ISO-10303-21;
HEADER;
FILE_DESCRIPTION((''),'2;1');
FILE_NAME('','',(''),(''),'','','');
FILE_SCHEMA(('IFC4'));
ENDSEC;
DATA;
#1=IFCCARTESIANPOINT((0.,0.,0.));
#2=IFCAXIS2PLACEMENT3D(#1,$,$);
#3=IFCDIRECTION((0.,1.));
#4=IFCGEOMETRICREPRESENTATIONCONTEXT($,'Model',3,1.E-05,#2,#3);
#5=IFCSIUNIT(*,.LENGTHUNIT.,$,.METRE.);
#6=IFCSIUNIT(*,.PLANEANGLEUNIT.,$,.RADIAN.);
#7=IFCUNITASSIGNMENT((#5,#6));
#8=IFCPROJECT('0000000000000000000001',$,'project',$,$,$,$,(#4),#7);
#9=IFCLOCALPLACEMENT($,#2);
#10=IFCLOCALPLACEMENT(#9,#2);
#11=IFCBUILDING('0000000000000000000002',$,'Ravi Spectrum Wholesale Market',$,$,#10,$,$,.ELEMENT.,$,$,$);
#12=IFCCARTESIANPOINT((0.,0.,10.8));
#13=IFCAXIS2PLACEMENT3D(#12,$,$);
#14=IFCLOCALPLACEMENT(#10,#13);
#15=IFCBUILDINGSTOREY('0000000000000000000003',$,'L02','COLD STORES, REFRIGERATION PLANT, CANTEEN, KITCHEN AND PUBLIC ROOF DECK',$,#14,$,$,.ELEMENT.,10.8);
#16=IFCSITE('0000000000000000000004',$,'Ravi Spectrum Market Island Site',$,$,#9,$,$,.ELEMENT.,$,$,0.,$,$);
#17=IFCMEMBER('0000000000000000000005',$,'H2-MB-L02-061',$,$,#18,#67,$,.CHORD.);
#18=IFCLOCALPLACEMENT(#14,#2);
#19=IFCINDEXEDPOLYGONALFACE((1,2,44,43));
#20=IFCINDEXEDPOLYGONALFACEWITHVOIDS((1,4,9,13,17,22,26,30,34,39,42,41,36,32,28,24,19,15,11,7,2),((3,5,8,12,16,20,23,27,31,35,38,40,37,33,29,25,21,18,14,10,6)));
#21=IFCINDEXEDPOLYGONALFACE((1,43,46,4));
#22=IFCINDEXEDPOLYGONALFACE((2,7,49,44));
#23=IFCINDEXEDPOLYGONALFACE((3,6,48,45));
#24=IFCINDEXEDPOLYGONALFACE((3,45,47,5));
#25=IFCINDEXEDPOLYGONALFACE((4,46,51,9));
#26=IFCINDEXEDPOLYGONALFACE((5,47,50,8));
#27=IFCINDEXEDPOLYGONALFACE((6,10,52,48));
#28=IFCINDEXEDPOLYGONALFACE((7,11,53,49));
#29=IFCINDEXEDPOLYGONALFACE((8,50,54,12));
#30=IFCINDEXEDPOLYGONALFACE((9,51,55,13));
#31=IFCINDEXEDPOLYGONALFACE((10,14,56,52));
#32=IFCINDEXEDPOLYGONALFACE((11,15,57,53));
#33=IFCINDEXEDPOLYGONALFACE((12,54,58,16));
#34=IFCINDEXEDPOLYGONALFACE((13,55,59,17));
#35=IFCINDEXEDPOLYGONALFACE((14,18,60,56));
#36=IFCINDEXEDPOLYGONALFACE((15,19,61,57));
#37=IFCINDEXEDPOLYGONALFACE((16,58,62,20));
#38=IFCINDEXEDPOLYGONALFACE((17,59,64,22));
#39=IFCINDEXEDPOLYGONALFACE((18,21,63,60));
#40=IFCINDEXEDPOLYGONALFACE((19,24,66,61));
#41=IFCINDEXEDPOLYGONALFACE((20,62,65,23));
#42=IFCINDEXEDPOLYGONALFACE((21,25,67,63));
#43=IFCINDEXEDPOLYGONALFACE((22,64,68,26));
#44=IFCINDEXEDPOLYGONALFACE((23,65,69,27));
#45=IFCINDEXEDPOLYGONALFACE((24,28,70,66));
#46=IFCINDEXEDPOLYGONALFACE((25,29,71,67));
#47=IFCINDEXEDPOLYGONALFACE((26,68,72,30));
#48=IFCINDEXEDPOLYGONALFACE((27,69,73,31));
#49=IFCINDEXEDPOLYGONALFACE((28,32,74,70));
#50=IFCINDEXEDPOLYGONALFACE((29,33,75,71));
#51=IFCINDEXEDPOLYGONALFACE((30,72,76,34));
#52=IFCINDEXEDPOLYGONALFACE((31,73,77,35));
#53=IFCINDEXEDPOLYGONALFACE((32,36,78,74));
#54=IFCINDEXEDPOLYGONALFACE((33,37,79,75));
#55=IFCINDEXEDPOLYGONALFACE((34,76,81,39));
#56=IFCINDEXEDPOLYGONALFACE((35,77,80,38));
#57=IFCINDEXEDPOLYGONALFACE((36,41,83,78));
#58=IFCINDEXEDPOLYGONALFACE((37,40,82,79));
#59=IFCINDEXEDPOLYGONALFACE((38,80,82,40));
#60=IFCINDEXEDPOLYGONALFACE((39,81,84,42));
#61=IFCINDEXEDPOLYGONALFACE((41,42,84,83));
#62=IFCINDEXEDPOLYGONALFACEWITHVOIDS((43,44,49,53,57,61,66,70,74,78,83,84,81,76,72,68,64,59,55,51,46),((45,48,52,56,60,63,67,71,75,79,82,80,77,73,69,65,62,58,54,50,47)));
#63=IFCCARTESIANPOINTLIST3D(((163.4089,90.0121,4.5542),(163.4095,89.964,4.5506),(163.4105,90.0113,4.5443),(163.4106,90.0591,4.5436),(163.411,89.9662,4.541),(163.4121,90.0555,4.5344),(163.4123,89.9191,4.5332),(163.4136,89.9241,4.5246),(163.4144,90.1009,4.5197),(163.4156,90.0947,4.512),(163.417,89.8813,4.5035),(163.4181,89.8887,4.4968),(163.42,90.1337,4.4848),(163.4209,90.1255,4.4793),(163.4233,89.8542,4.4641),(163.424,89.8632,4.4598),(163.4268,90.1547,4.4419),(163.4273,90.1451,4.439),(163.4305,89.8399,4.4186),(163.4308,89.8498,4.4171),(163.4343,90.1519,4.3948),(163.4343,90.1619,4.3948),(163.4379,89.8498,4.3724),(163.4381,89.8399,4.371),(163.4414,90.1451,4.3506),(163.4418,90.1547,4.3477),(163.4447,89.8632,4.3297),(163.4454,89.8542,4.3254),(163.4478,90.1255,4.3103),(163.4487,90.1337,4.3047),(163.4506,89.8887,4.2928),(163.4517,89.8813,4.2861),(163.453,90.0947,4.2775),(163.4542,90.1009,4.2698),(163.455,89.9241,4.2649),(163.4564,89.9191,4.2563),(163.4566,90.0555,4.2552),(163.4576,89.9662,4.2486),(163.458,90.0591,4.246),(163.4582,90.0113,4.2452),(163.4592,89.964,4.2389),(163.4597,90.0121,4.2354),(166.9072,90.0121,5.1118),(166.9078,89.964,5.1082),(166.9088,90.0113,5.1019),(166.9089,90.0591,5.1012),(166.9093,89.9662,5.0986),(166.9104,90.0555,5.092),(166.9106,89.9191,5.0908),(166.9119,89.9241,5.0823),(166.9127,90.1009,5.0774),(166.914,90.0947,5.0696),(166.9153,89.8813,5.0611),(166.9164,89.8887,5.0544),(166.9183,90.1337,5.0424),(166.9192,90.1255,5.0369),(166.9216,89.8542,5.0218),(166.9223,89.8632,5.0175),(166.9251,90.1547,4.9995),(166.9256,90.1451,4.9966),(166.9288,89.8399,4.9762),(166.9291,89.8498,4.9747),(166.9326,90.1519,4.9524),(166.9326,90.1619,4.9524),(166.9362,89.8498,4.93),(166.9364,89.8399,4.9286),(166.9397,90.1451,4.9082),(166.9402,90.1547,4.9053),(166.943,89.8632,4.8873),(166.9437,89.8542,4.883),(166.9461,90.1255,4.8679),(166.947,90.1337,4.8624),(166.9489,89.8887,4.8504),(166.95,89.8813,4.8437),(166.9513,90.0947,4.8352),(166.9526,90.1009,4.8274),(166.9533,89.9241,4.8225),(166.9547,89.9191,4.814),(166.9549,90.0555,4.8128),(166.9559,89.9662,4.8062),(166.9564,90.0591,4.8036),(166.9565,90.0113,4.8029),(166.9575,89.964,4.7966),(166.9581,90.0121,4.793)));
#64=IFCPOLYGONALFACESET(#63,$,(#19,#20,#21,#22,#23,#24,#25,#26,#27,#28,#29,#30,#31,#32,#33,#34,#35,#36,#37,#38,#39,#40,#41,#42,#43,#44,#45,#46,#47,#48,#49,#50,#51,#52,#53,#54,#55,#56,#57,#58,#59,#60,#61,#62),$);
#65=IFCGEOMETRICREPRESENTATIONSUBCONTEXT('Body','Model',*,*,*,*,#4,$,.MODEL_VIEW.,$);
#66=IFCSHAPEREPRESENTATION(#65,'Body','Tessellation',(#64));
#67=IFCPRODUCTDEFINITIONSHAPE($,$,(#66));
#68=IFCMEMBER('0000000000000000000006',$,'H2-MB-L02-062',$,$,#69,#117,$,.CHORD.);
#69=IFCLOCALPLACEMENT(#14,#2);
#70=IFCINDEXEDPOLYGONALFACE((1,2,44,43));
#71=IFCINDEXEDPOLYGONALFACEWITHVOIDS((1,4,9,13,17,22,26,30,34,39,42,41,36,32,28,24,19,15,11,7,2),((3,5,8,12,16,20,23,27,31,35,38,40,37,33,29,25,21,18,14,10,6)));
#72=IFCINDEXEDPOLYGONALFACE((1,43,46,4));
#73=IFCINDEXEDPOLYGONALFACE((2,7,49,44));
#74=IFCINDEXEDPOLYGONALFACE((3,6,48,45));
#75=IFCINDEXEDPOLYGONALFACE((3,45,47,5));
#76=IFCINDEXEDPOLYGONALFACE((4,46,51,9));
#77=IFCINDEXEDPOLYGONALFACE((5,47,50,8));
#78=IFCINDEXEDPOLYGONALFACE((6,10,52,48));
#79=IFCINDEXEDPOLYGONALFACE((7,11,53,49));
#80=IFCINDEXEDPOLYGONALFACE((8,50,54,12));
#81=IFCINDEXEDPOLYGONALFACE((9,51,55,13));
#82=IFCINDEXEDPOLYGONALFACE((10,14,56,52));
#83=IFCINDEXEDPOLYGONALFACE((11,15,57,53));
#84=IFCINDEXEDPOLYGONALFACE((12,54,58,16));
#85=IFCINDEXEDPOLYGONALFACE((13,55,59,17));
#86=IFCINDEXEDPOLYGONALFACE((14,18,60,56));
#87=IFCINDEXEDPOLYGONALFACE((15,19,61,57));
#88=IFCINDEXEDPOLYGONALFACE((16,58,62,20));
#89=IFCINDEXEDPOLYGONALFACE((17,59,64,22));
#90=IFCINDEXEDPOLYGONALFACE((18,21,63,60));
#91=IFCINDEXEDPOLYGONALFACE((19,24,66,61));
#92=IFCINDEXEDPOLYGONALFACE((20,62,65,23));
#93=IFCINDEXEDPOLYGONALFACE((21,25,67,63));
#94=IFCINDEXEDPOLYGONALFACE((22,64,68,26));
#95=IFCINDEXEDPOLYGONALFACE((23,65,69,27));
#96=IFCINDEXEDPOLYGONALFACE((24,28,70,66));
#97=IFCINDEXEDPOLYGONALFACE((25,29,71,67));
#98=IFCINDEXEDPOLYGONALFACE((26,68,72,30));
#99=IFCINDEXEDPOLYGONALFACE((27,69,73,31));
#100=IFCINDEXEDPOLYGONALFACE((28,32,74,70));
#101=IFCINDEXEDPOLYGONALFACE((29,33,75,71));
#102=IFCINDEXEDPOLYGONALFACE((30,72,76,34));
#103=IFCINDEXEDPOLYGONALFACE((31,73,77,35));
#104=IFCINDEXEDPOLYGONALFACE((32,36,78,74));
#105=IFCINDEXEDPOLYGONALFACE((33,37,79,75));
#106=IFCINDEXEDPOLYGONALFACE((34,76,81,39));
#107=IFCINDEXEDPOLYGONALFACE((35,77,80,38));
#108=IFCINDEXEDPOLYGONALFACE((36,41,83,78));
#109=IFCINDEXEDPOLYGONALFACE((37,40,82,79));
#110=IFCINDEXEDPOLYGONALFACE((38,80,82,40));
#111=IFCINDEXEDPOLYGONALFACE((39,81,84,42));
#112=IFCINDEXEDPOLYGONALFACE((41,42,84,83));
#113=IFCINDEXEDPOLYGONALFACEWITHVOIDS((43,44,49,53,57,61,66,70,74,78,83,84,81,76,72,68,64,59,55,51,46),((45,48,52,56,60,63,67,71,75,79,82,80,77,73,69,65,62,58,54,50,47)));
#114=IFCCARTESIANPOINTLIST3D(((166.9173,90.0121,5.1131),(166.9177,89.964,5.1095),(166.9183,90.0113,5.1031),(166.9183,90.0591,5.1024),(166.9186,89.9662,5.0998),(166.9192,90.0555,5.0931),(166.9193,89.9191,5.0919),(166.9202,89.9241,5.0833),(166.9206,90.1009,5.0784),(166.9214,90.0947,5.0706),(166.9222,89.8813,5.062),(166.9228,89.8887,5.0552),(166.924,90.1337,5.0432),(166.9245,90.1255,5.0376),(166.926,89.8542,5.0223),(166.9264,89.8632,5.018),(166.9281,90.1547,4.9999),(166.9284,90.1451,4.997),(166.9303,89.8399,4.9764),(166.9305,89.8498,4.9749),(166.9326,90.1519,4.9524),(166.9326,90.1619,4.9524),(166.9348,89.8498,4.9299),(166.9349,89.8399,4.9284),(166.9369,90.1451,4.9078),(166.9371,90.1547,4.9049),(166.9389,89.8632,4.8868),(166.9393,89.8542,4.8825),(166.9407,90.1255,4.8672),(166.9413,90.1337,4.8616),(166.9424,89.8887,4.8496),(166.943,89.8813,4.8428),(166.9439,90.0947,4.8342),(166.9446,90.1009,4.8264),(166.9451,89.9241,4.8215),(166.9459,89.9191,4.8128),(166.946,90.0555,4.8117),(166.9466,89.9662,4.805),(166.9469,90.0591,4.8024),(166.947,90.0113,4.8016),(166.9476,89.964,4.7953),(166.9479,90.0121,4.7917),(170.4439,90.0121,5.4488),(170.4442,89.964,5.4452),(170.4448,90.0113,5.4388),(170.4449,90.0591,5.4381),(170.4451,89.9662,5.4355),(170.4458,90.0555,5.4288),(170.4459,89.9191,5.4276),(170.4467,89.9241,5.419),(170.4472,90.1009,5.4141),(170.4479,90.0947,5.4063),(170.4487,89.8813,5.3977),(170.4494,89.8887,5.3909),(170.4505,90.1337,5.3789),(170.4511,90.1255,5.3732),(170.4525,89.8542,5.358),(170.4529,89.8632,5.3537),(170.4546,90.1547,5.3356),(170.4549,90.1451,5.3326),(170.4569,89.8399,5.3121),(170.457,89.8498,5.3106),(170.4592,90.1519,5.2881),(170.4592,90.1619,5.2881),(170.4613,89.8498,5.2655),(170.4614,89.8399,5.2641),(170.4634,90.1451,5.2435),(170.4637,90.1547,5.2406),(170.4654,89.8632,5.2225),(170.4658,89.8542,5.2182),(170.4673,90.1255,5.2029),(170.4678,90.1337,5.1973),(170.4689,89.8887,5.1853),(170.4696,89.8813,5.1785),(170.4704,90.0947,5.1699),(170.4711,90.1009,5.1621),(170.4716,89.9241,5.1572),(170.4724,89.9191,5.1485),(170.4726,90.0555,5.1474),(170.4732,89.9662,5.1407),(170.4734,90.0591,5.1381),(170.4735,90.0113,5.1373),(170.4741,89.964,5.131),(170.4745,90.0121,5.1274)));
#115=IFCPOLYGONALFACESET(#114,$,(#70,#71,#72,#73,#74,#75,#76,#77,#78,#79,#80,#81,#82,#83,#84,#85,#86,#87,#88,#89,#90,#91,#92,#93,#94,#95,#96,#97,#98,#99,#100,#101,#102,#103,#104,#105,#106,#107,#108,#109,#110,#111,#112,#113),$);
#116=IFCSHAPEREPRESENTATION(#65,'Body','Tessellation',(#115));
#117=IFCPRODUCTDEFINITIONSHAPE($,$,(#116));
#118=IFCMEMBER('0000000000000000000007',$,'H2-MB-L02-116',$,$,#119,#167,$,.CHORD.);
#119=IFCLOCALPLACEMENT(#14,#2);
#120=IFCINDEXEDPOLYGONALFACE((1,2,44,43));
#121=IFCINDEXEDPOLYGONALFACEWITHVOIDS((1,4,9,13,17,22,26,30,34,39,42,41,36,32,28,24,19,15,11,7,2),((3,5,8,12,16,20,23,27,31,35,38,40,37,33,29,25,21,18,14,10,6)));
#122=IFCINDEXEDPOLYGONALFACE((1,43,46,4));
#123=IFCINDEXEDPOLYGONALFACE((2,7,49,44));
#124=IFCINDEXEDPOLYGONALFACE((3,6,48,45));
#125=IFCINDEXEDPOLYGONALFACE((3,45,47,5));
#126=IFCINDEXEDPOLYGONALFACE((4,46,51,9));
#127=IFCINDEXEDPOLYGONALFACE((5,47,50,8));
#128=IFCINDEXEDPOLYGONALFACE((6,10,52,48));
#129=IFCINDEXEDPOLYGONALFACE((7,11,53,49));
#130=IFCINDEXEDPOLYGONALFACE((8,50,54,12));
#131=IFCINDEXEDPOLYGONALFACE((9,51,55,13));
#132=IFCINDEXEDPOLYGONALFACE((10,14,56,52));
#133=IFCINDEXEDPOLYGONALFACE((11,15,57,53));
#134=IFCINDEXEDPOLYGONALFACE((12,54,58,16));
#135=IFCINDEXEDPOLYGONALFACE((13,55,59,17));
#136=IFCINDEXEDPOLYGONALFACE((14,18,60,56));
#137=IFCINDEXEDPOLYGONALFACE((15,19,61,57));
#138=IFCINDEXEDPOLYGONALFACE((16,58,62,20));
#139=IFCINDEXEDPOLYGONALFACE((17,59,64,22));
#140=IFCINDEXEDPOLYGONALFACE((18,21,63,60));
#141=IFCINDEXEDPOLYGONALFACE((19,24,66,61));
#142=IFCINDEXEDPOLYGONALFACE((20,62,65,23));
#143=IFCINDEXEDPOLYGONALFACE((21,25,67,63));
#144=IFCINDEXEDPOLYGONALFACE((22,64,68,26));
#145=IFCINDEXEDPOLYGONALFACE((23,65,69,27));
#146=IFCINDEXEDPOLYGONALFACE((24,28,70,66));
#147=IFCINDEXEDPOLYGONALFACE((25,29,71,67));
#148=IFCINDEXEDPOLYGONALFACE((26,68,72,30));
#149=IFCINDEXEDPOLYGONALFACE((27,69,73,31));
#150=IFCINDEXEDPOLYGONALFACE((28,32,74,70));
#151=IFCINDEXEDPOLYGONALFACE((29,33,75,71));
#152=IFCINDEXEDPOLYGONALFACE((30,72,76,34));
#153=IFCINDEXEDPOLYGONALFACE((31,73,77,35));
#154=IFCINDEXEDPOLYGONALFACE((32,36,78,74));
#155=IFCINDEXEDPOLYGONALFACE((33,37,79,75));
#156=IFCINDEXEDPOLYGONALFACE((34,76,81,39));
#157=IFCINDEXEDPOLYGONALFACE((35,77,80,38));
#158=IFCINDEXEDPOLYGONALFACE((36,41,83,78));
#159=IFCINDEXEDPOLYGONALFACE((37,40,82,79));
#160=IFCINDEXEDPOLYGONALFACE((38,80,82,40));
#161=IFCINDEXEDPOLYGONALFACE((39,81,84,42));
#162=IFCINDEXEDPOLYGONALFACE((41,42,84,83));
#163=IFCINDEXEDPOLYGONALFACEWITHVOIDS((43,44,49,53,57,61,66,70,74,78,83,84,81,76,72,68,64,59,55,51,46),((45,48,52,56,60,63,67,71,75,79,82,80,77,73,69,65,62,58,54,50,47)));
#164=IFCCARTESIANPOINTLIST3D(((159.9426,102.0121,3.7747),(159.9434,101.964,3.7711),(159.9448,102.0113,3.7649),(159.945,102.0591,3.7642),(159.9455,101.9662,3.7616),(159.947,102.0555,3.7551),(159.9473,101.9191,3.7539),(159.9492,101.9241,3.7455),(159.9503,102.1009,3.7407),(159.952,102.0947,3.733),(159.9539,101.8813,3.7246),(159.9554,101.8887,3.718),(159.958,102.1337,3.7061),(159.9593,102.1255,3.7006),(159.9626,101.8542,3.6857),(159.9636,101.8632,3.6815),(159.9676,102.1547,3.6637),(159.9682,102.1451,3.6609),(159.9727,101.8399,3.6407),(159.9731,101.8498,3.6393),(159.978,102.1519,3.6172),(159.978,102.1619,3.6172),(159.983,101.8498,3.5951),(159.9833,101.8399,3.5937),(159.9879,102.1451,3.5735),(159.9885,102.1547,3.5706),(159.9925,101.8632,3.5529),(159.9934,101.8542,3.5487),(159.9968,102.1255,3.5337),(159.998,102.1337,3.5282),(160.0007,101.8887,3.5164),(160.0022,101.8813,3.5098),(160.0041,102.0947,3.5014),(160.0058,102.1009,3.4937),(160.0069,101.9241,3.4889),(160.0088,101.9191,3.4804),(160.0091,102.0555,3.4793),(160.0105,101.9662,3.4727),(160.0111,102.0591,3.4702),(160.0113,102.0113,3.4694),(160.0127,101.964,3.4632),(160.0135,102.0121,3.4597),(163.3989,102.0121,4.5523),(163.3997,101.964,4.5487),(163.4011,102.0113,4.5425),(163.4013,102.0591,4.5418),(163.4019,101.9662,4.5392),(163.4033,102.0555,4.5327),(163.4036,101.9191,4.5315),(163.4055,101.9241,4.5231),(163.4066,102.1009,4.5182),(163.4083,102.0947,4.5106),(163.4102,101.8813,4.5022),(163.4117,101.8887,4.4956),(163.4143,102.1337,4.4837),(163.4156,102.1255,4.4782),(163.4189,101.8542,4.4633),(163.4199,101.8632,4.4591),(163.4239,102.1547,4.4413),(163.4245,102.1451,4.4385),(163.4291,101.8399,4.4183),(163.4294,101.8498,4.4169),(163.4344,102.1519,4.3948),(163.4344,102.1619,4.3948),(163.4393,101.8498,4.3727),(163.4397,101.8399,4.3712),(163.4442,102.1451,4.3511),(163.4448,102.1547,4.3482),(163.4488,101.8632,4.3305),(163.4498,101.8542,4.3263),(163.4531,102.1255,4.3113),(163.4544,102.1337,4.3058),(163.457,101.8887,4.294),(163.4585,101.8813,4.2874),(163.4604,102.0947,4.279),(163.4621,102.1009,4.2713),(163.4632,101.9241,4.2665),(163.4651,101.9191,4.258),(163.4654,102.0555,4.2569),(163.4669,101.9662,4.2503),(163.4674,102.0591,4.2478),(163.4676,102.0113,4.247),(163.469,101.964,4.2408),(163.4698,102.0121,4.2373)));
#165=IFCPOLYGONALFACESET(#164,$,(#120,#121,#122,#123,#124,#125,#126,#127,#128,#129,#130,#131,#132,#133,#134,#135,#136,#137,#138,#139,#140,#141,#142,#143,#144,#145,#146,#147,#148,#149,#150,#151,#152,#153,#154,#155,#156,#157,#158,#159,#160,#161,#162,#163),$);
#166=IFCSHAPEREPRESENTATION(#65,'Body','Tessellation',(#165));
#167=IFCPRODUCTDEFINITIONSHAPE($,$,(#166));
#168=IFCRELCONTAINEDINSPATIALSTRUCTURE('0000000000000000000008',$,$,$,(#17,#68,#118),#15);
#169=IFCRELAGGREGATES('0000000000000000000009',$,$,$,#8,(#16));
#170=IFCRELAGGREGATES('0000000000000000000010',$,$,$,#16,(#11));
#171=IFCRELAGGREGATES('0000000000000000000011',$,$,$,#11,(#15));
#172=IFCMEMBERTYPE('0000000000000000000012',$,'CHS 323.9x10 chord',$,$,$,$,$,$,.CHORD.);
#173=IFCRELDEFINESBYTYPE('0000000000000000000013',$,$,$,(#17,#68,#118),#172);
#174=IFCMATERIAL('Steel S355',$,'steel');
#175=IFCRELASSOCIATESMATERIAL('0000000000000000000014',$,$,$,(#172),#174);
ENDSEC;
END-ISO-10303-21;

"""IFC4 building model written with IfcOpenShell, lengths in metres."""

from ifc_helpers import new_model, si_unit, direction, frame, origin, origin_2d, place, context, subcontext, project, spatial, hollow_circle, extrude, material, material_profile, profile_set, type_object, element, save


model = new_model("IFC4")

# Units and contexts
model_context = context("Model", 3, precision=1e-05, world=origin(), true_north=direction((0.0, 1.0)))
body_context = subcontext(model_context, "Body", "Model", "MODEL_VIEW")
ifc_project = project(units=[si_unit("LENGTHUNIT", "METRE"), si_unit("PLANEANGLEUNIT", "RADIAN")], contexts=[model_context])

# Site, building, storey
site_placement = place(None, origin())
site = spatial("IfcSite", under=ifc_project, at=site_placement, Name="Ravi Spectrum Market Island Site", CompositionType="ELEMENT", RefElevation=0.0)
building_placement = place(site_placement, origin())
building = spatial("IfcBuilding", under=site, at=building_placement, Name="Ravi Spectrum Wholesale Market", CompositionType="ELEMENT")
storey_placement = place(building_placement, frame((0.0, 0.0, 10.8)))
storey = spatial("IfcBuildingStorey", under=building, at=storey_placement, Name="L02", Description="COLD STORES, REFRIGERATION PLANT, CANTEEN, KITCHEN AND PUBLIC ROOF DECK", CompositionType="ELEMENT", Elevation=10.8)

# Members
ifc_material_1 = material(Name="Steel S355", Category="steel")
ifc_material_profile_1 = material_profile(ifc_material_1, hollow_circle(Radius=0.1619, WallThickness=0.01, at=origin_2d()))
ifc_profile_set_1 = profile_set([ifc_material_profile_1], Name="Steel S355")
member_type_1 = type_object("IfcMemberType", Name="CHS 323.9x10 chord", PredefinedType="CHORD", material=ifc_profile_set_1)
for number, where, z_axis, x_axis, name in (
    (1, (163.4343, 90.0, 4.3948), (0.987533, 0.0, 0.15741), (0.0, 1.0, 0.0), "H2-MB-L02-061"),
    (2, (166.9326, 90.0, 4.9524), (0.9955, 0.0, 0.09476), (0.0, 1.0, 0.0), "H2-MB-L02-062"),
):
    element("IfcMember", number, at=place(storey_placement, frame(where, z_axis=z_axis, x_axis=x_axis)), inside=storey, type_object=member_type_1, Name=name, PredefinedType="CHORD", context=body_context, shape_type="SweptSolid", body=[
        extrude(hollow_circle(Radius=0.1619, WallThickness=0.01, at=origin_2d()), origin(), (0.0, 0.0, 1.0), 3.5425),
    ])
member_1_placement = place(storey_placement, frame((159.978, 102.0, 3.6172), z_axis=(0.975615, 0.0, 0.219491), x_axis=(0.0, 1.0, 0.0)))
element("IfcMember", 3, at=member_1_placement, inside=storey, type_object=member_type_1, Name="H2-MB-L02-116", PredefinedType="CHORD", context=body_context, shape_type="SweptSolid", body=[
    extrude(hollow_circle(Radius=0.1619, WallThickness=0.01, at=origin_2d()), origin(), (0.0, 0.0, 1.0), 3.5427),
])

save(model, "model.ifc")
